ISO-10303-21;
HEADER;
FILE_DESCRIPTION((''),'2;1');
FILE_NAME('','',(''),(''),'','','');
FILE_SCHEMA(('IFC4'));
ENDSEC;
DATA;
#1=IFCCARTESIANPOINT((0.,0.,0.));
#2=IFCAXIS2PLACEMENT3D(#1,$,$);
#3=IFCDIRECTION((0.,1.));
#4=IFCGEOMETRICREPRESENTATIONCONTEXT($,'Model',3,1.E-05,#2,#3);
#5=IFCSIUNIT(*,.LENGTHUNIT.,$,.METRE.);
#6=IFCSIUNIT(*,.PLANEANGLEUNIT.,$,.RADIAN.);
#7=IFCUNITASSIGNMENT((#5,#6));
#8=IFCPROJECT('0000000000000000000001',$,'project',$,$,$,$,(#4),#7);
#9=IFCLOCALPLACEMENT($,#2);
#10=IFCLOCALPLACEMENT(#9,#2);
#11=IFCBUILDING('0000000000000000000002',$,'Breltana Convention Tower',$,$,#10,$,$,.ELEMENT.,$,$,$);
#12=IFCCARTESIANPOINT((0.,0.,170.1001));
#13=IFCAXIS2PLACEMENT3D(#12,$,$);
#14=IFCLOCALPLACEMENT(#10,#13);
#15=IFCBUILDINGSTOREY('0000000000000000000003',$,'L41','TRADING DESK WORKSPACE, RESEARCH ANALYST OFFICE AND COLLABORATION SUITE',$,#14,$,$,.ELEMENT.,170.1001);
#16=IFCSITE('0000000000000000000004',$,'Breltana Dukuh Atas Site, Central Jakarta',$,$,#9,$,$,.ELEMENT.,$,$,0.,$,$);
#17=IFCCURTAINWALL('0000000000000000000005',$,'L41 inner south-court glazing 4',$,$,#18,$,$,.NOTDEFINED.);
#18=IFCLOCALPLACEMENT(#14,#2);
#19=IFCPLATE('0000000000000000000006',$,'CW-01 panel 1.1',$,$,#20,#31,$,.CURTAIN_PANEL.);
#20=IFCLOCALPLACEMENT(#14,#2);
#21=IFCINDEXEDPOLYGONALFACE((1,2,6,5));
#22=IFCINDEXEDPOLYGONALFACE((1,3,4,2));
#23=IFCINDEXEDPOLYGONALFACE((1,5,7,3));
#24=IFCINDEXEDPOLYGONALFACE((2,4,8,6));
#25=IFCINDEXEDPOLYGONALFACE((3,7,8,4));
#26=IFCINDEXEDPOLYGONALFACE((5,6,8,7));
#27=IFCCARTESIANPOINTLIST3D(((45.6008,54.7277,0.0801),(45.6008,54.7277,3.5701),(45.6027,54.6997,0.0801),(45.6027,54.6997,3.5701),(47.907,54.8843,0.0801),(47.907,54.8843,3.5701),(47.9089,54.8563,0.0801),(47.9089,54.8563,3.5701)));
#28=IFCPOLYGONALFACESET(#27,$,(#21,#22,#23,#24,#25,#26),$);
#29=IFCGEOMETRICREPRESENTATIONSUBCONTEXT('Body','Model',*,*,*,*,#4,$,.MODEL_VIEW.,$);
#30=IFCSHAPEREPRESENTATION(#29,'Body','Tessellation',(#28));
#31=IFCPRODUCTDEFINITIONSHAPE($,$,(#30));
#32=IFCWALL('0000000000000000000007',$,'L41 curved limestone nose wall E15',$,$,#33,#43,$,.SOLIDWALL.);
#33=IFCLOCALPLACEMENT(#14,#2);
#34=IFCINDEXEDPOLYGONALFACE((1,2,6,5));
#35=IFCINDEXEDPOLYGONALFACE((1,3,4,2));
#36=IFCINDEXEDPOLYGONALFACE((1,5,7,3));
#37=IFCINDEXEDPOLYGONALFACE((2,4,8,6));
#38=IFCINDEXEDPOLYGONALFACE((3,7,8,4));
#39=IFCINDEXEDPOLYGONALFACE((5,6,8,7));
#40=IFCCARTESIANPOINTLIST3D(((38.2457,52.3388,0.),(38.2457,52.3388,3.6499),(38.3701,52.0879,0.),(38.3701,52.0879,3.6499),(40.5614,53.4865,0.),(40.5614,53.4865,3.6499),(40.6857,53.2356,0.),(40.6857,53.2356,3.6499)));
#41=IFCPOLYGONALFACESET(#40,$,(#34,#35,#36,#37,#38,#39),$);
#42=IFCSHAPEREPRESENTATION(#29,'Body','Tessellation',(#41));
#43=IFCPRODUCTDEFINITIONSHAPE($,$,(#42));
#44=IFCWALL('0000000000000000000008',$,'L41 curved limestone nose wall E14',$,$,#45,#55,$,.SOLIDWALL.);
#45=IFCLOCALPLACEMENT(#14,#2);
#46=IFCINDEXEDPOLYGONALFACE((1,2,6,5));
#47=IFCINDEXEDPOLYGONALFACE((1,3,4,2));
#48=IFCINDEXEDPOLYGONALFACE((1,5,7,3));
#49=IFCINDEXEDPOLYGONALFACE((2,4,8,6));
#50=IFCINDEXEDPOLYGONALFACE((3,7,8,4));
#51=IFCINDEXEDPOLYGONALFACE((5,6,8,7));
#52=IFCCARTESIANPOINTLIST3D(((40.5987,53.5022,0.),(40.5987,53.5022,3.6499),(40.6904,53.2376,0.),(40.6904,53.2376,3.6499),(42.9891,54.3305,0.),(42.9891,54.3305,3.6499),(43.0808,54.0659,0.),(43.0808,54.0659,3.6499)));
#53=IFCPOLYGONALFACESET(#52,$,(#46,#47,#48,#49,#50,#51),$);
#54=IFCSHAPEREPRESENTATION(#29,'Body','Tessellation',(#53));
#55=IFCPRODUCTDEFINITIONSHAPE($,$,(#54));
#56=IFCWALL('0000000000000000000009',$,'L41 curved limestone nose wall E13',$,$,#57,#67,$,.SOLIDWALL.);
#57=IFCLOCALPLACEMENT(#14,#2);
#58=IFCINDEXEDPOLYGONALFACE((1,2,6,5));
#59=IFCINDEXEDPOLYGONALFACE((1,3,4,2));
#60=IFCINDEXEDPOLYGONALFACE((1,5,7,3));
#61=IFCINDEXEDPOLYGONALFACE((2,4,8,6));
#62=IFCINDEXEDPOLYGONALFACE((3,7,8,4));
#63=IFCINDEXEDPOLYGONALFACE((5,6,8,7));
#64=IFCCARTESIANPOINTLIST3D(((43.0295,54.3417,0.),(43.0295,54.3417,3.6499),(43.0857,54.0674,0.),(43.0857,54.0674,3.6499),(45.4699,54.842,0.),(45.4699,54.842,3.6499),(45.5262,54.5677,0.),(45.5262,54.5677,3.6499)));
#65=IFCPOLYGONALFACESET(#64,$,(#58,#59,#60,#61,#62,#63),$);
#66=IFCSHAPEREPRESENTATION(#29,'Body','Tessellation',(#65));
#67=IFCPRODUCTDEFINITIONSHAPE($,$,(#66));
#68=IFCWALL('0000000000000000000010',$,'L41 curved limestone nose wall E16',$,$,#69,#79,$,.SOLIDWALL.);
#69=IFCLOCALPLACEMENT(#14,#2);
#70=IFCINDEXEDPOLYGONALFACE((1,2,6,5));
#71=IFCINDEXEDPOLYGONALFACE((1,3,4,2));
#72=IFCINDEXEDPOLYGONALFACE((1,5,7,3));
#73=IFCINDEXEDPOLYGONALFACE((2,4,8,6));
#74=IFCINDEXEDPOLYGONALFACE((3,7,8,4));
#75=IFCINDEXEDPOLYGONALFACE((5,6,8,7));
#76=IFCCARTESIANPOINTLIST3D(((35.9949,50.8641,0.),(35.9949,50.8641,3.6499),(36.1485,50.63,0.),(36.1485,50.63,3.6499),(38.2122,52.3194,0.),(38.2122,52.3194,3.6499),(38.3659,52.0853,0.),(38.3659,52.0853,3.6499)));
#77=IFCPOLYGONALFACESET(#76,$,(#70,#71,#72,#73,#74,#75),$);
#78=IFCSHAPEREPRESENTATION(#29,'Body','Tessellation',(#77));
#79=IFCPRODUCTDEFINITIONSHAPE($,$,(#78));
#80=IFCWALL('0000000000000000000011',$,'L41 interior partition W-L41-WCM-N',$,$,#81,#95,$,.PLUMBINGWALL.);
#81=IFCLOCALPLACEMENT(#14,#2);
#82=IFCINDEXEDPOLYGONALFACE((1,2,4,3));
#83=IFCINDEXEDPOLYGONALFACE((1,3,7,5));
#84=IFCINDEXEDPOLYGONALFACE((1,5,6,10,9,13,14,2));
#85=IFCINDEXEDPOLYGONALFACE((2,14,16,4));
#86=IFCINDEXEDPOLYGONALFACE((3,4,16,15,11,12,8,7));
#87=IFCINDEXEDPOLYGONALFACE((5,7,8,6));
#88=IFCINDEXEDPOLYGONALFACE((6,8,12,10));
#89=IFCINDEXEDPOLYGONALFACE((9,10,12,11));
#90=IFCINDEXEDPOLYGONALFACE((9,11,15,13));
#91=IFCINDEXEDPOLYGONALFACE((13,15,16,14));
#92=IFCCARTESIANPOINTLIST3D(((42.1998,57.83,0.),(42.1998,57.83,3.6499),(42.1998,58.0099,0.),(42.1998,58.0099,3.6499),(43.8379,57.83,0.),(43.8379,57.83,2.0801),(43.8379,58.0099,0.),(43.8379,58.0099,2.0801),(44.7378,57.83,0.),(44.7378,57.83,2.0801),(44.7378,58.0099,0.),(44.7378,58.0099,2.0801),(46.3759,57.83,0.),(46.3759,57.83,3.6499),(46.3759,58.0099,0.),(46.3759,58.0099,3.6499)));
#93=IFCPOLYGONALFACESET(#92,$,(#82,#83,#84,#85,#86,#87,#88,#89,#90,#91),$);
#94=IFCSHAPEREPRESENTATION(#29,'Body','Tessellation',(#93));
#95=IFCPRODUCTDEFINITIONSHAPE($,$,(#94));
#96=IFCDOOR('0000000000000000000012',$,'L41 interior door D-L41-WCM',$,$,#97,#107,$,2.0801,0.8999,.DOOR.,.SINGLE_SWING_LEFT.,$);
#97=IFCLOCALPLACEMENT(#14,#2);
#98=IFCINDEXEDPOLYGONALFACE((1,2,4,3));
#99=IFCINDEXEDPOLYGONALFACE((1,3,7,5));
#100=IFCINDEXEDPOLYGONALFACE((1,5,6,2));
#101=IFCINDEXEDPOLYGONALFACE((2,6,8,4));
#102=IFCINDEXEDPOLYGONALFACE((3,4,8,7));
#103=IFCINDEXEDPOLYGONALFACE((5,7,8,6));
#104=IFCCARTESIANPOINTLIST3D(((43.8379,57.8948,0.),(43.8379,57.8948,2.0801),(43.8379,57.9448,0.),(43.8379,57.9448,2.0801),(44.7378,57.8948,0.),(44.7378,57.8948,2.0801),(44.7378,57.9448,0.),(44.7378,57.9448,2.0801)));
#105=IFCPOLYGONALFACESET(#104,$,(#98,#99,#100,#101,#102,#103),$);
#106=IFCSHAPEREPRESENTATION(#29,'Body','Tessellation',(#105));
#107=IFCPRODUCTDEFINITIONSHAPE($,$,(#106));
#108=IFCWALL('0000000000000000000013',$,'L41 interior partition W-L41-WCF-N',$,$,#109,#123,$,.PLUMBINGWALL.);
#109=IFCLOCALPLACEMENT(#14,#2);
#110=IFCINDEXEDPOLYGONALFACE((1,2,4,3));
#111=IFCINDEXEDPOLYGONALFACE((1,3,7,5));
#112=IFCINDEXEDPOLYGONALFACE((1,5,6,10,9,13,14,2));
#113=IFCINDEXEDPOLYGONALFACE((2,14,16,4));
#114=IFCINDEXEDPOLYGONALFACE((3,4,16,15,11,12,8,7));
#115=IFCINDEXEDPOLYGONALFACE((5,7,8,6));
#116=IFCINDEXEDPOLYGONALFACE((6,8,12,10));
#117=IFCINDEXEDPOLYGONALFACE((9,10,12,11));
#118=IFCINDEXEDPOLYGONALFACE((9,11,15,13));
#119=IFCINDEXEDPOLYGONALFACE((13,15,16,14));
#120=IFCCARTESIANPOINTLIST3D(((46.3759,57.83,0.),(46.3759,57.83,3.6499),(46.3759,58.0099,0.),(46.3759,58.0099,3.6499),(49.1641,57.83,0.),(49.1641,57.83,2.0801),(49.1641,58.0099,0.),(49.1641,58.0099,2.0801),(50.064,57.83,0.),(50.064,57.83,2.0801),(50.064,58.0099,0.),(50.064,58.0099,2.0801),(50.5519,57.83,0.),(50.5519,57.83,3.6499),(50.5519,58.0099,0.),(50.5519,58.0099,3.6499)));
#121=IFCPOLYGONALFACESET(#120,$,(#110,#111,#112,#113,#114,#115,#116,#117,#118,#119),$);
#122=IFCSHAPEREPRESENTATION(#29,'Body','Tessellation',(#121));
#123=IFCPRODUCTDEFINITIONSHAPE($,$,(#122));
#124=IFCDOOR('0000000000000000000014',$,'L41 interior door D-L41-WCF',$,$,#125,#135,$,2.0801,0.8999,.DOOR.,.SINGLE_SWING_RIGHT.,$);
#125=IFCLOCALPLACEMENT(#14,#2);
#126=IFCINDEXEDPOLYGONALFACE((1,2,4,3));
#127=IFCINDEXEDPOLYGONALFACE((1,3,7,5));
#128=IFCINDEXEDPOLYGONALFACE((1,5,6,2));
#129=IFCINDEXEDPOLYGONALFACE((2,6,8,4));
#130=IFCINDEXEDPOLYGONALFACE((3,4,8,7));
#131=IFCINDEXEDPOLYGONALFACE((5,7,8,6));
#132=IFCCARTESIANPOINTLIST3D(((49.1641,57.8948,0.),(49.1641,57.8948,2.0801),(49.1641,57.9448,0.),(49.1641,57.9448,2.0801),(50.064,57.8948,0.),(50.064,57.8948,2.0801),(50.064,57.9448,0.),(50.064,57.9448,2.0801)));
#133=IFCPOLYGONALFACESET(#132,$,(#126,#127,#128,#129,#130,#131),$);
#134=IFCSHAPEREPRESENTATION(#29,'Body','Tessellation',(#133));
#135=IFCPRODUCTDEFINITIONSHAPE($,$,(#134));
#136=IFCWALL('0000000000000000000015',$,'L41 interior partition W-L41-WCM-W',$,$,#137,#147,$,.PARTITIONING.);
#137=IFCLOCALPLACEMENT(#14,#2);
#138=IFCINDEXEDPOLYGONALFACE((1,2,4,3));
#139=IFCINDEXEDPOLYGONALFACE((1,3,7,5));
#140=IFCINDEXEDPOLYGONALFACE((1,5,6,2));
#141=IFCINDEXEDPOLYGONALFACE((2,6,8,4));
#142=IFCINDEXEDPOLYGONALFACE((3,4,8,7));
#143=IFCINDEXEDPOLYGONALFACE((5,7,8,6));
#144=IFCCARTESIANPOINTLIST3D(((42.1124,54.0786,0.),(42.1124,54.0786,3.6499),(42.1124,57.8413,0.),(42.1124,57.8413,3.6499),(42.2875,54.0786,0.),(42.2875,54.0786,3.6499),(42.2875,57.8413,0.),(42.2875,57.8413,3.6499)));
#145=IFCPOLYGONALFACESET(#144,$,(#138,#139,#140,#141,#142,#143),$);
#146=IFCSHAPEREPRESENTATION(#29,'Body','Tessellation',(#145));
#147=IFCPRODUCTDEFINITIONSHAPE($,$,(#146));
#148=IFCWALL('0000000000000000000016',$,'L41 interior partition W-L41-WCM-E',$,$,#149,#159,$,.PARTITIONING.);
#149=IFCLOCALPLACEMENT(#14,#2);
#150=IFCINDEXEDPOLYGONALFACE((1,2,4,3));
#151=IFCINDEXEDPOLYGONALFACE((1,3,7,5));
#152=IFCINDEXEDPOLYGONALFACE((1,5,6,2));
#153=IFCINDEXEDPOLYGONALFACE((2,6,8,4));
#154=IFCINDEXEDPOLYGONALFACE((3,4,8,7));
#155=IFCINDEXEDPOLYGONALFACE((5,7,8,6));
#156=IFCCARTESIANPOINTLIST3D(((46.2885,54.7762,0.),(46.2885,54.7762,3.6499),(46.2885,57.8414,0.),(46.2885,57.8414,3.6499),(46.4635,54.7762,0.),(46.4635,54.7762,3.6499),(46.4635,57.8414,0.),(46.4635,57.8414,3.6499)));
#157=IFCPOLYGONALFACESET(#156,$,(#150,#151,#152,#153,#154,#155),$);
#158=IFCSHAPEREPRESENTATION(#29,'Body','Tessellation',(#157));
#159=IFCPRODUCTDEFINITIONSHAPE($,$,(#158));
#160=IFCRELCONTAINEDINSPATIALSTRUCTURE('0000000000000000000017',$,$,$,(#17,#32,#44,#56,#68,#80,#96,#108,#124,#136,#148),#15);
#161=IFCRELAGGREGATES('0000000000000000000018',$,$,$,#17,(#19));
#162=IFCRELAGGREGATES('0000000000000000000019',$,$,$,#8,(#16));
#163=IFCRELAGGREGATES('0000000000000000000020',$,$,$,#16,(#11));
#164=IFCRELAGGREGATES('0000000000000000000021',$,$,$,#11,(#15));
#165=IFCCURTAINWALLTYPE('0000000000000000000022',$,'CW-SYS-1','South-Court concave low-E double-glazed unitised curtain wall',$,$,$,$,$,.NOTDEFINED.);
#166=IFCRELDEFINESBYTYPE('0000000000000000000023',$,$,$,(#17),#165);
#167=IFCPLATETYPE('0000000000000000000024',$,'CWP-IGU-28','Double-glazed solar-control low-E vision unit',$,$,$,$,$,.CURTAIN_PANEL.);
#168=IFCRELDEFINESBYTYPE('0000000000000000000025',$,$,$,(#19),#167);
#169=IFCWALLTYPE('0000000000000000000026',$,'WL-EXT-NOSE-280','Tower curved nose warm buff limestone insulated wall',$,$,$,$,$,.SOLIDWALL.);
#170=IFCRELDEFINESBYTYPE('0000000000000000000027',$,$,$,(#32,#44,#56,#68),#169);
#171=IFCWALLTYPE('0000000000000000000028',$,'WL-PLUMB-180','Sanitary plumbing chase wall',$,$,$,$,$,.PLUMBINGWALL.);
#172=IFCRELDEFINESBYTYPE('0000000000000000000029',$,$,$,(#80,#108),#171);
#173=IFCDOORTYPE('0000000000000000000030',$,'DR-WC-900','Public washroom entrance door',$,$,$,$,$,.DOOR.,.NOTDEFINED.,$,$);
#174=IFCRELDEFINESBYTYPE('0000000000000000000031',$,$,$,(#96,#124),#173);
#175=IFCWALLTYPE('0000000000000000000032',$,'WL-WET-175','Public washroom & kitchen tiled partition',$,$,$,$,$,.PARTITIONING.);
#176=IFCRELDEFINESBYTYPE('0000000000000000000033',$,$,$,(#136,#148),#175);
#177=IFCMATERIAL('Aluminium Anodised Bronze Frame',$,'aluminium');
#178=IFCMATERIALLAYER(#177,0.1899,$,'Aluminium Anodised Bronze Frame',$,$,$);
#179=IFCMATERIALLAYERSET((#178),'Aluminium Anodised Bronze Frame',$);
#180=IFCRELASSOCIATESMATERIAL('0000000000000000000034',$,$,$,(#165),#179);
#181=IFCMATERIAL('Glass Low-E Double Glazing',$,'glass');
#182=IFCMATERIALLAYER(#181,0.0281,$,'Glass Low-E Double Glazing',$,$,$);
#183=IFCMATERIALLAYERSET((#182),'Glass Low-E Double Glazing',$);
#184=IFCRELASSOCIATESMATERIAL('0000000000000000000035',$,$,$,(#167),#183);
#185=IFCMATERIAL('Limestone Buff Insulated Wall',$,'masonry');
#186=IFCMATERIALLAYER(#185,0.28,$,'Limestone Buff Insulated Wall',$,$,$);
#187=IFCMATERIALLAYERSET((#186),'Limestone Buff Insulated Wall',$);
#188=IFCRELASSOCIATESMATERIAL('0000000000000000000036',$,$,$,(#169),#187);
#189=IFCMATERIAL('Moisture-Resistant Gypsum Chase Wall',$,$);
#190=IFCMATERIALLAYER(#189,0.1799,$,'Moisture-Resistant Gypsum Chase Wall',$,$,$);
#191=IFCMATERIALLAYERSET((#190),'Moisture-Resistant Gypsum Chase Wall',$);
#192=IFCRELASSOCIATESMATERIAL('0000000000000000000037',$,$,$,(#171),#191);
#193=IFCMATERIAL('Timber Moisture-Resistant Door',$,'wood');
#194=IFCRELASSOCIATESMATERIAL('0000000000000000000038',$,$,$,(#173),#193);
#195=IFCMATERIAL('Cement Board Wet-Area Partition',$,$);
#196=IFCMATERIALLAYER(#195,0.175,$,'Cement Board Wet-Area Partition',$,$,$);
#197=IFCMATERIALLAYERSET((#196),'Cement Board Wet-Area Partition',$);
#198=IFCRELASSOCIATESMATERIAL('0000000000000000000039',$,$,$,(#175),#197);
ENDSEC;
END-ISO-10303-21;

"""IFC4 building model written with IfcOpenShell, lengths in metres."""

from ifc_helpers import new_model, si_unit, direction, frame, frame_2d, origin, origin_2d, place, context, subcontext, project, spatial, rectangle, extrude, source, transform, mapped, material, layer, layer_set, type_object, type_shapes, element, fill, aggregate, save


model = new_model("IFC4")

# Units and contexts
model_context = context("Model", 3, precision=1e-05, world=origin(), true_north=direction((0.0, 1.0)))
body_context = subcontext(model_context, "Body", "Model", "MODEL_VIEW")
ifc_project = project(units=[si_unit("LENGTHUNIT", "METRE"), si_unit("PLANEANGLEUNIT", "RADIAN")], contexts=[model_context])

# Site, building, storey
site_placement = place(None, origin())
site = spatial("IfcSite", under=ifc_project, at=site_placement, Name="Breltana Dukuh Atas Site, Central Jakarta", CompositionType="ELEMENT", RefElevation=0.0)
building_placement = place(site_placement, origin())
building = spatial("IfcBuilding", under=site, at=building_placement, Name="Breltana Convention Tower", CompositionType="ELEMENT")
storey_placement = place(building_placement, frame((0.0, 0.0, 170.1001)))
storey = spatial("IfcBuildingStorey", under=building, at=storey_placement, Name="L41", Description="TRADING DESK WORKSPACE, RESEARCH ANALYST OFFICE AND COLLABORATION SUITE", CompositionType="ELEMENT", Elevation=170.1001)

# Curtain wall
ifc_material_1 = material(Name="Aluminium Anodised Bronze Frame", Category="aluminium")
ifc_layer_1 = layer(ifc_material_1, 0.1899, Name="Aluminium Anodised Bronze Frame")
ifc_layer_set_1 = layer_set([ifc_layer_1], Name="Aluminium Anodised Bronze Frame")
curtain_wall_type = type_object("IfcCurtainWallType", Name="CW-SYS-1", Description="South-Court concave low-E double-glazed unitised curtain wall", PredefinedType="NOTDEFINED", material=ifc_layer_set_1)
curtain_wall_1_placement = place(storey_placement, origin())
curtain_wall_1 = element("IfcCurtainWall", 1, at=curtain_wall_1_placement, inside=storey, type_object=curtain_wall_type, Name="L41 inner south-court glazing 4", PredefinedType="NOTDEFINED")

# Plate
ifc_material_2 = material(Name="Glass Low-E Double Glazing", Category="glass")
ifc_layer_2 = layer(ifc_material_2, 0.0281, Name="Glass Low-E Double Glazing")
ifc_layer_set_2 = layer_set([ifc_layer_2], Name="Glass Low-E Double Glazing")
plate_type = type_object("IfcPlateType", Name="CWP-IGU-28", Description="Double-glazed solar-control low-E vision unit", PredefinedType="CURTAIN_PANEL", material=ifc_layer_set_2)
shared_shape_1 = source(origin(), body_context, "Body", "SweptSolid", [
    extrude(rectangle(XDim=2.3115, YDim=0.0281, at=origin_2d()), origin(), (0.0, 0.0, 1.0), 3.49),
])
plate_placement = place(storey_placement, frame((46.7549, 54.792, 0.0801), z_axis=(0.0, 0.0, 1.0), x_axis=(-0.997703, -0.067733, 0.0)))
plate = element("IfcPlate", 2, at=plate_placement, type_object=plate_type, Name="CW-01 panel 1.1", PredefinedType="CURTAIN_PANEL", context=body_context, shape_type="MappedRepresentation", body=[
    mapped(shared_shape_1, transform((0.0, 0.0, 0.0), scale=1.0)),
])
aggregate(curtain_wall_1, [plate])

# Walls
ifc_material_3 = material(Name="Limestone Buff Insulated Wall", Category="masonry")
ifc_layer_3 = layer(ifc_material_3, 0.28, Name="Limestone Buff Insulated Wall")
ifc_layer_set_3 = layer_set([ifc_layer_3], Name="Limestone Buff Insulated Wall")
wall_type_1 = type_object("IfcWallType", Name="WL-EXT-NOSE-280", Description="Tower curved nose warm buff limestone insulated wall", PredefinedType="SOLIDWALL", material=ifc_layer_set_3)
shared_shape_2 = source(origin(), body_context, "Body", "SweptSolid", [
    extrude(rectangle(XDim=2.5845, YDim=0.28, at=frame_2d((1.2922, 0.0))), origin(), (0.0, 0.0, 1.0), 3.6499),
])
wall_1_placement = place(storey_placement, frame((40.6235, 53.3611, 0.0), z_axis=(0.0, 0.0, 1.0), x_axis=(-0.89599, -0.444075, 0.0)))
element("IfcWall", 3, at=wall_1_placement, inside=storey, type_object=wall_type_1, Name="L41 curved limestone nose wall E15", PredefinedType="SOLIDWALL", context=body_context, shape_type="MappedRepresentation", body=[
    mapped(shared_shape_2, transform((0.0, 0.0, 0.0), scale=1.0)),
])
shared_shape_3 = source(origin(), body_context, "Body", "SweptSolid", [
    extrude(rectangle(XDim=2.5298, YDim=0.28, at=frame_2d((1.2649, 0.0))), origin(), (0.0, 0.0, 1.0), 3.6499),
])
wall_2_placement = place(storey_placement, frame((43.0349, 54.1982, 0.0), z_axis=(0.0, 0.0, 1.0), x_axis=(-0.944872, -0.327439, 0.0)))
element("IfcWall", 4, at=wall_2_placement, inside=storey, type_object=wall_type_1, Name="L41 curved limestone nose wall E14", PredefinedType="SOLIDWALL", context=body_context, shape_type="MappedRepresentation", body=[
    mapped(shared_shape_3, transform((0.0, 0.0, 0.0), scale=1.0)),
])
shared_shape_4 = source(origin(), body_context, "Body", "SweptSolid", [
    extrude(rectangle(XDim=2.4912, YDim=0.28, at=frame_2d((1.2456, 0.0))), origin(), (0.0, 0.0, 1.0), 3.6499),
])
wall_3_placement = place(storey_placement, frame((45.498, 54.7048, 0.0), z_axis=(0.0, 0.0, 1.0), x_axis=(-0.979631, -0.200807, 0.0)))
element("IfcWall", 5, at=wall_3_placement, inside=storey, type_object=wall_type_1, Name="L41 curved limestone nose wall E13", PredefinedType="SOLIDWALL", context=body_context, shape_type="MappedRepresentation", body=[
    mapped(shared_shape_4, transform((0.0, 0.0, 0.0), scale=1.0)),
])
shared_shape_5 = source(origin(), body_context, "Body", "SweptSolid", [
    extrude(rectangle(XDim=2.6523, YDim=0.28, at=frame_2d((1.3262, 0.0))), origin(), (0.0, 0.0, 1.0), 3.6499),
])
wall_4_placement = place(storey_placement, frame((38.2891, 52.2024, 0.0), z_axis=(0.0, 0.0, 1.0), x_axis=(-0.836008, -0.548717, 0.0)))
element("IfcWall", 6, at=wall_4_placement, inside=storey, type_object=wall_type_1, Name="L41 curved limestone nose wall E16", PredefinedType="SOLIDWALL", context=body_context, shape_type="MappedRepresentation", body=[
    mapped(shared_shape_5, transform((0.0, 0.0, 0.0), scale=1.0)),
])

# Walls, openings, doors
ifc_material_4 = material(Name="Moisture-Resistant Gypsum Chase Wall")
ifc_layer_4 = layer(ifc_material_4, 0.1799, Name="Moisture-Resistant Gypsum Chase Wall")
ifc_layer_set_4 = layer_set([ifc_layer_4], Name="Moisture-Resistant Gypsum Chase Wall")
wall_type_2 = type_object("IfcWallType", Name="WL-PLUMB-180", Description="Sanitary plumbing chase wall", PredefinedType="PLUMBINGWALL", material=ifc_layer_set_4)
shared_shape_6 = source(origin(), body_context, "Body", "SweptSolid", [
    extrude(rectangle(XDim=4.176, YDim=0.1799, at=frame_2d((2.0879, 0.0))), origin(), (0.0, 0.0, 1.0), 3.6499),
])
wall_5_placement = place(storey_placement, frame((42.2, 57.9199, 0.0), z_axis=(0.0, 0.0, 1.0), x_axis=(1.0, 0.0, 0.0)))
wall_5 = element("IfcWall", 7, at=wall_5_placement, inside=storey, type_object=wall_type_2, Name="L41 interior partition W-L41-WCM-N", PredefinedType="PLUMBINGWALL", context=body_context, shape_type="MappedRepresentation", body=[
    mapped(shared_shape_6, transform((0.0, 0.0, 0.0), scale=1.0)),
])
opening_1_placement = place(wall_5_placement, frame((1.6379, 0.0, 0.0)))
opening_1 = element("IfcOpeningElement", 8, at=opening_1_placement, cuts=wall_5, PredefinedType="OPENING", context=body_context, shape_type="SweptSolid", body=[
    extrude(rectangle(XDim=0.8999, YDim=2.0801, at=frame_2d((0.45, 1.04))), frame((0.0, 0.1001, 0.0), z_axis=(0.0, -1.0, 0.0), x_axis=(1.0, 0.0, 0.0)), (0.0, 0.0, 1.0), 0.2),
])
ifc_material_5 = material(Name="Timber Moisture-Resistant Door", Category="wood")
door_type = type_object("IfcDoorType", Name="DR-WC-900", Description="Public washroom entrance door", OperationType="NOTDEFINED", PredefinedType="DOOR", material=ifc_material_5)
shared_shape_7 = source(origin(), body_context, "Body", "SweptSolid", [
    extrude(rectangle(XDim=0.8999, YDim=2.0801, at=frame_2d((0.45, 1.04))), frame((0.0, 0.0249, 0.0), z_axis=(0.0, -1.0, 0.0), x_axis=(1.0, 0.0, 0.0)), (0.0, 0.0, 1.0), 0.05),
])
type_shapes(door_type, [shared_shape_7])
door_1_placement = place(opening_1_placement, origin())
door_1 = element("IfcDoor", 9, at=door_1_placement, inside=storey, type_object=door_type, Name="L41 interior door D-L41-WCM", OperationType="SINGLE_SWING_LEFT", OverallHeight=2.0801, OverallWidth=0.8999, PredefinedType="DOOR", context=body_context, shape_type="MappedRepresentation", body=[
    mapped(shared_shape_7, transform((0.0, 0.0, 0.0), scale=1.0)),
])
fill(opening_1, door_1)
wall_6_placement = place(storey_placement, frame((46.376, 57.9199, 0.0), z_axis=(0.0, 0.0, 1.0), x_axis=(1.0, 0.0, 0.0)))
wall_6 = element("IfcWall", 10, at=wall_6_placement, inside=storey, type_object=wall_type_2, Name="L41 interior partition W-L41-WCF-N", PredefinedType="PLUMBINGWALL", context=body_context, shape_type="MappedRepresentation", body=[
    mapped(shared_shape_6, transform((0.0, 0.0, 0.0), scale=1.0)),
])
opening_2_placement = place(wall_6_placement, frame((2.7881, 0.0, 0.0)))
opening_2 = element("IfcOpeningElement", 11, at=opening_2_placement, cuts=wall_6, PredefinedType="OPENING", context=body_context, shape_type="SweptSolid", body=[
    extrude(rectangle(XDim=0.8999, YDim=2.0801, at=frame_2d((0.45, 1.04))), frame((0.0, 0.1001, 0.0), z_axis=(0.0, -1.0, 0.0), x_axis=(1.0, 0.0, 0.0)), (0.0, 0.0, 1.0), 0.2),
])
door_2_placement = place(opening_2_placement, origin())
door_2 = element("IfcDoor", 12, at=door_2_placement, inside=storey, type_object=door_type, Name="L41 interior door D-L41-WCF", OperationType="SINGLE_SWING_RIGHT", OverallHeight=2.0801, OverallWidth=0.8999, PredefinedType="DOOR", context=body_context, shape_type="MappedRepresentation", body=[
    mapped(shared_shape_7, transform((0.0, 0.0, 0.0), scale=1.0)),
])
fill(opening_2, door_2)

# Walls
ifc_material_6 = material(Name="Cement Board Wet-Area Partition")
ifc_layer_5 = layer(ifc_material_6, 0.175, Name="Cement Board Wet-Area Partition")
ifc_layer_set_5 = layer_set([ifc_layer_5], Name="Cement Board Wet-Area Partition")
wall_type_3 = type_object("IfcWallType", Name="WL-WET-175", Description="Public washroom & kitchen tiled partition", PredefinedType="PARTITIONING", material=ifc_layer_set_5)
shared_shape_8 = source(origin(), body_context, "Body", "SweptSolid", [
    extrude(rectangle(XDim=3.7627, YDim=0.175, at=frame_2d((1.8813, 0.0))), origin(), (0.0, 0.0, 1.0), 3.6499),
])
wall_7_placement = place(storey_placement, frame((42.2, 54.0786, 0.0), z_axis=(0.0, 0.0, 1.0), x_axis=(0.0, 1.0, 0.0)))
element("IfcWall", 13, at=wall_7_placement, inside=storey, type_object=wall_type_3, Name="L41 interior partition W-L41-WCM-W", PredefinedType="PARTITIONING", context=body_context, shape_type="MappedRepresentation", body=[
    mapped(shared_shape_8, transform((0.0, 0.0, 0.0), scale=1.0)),
])
shared_shape_9 = source(origin(), body_context, "Body", "SweptSolid", [
    extrude(rectangle(XDim=3.0652, YDim=0.175, at=frame_2d((1.5327, 0.0))), origin(), (0.0, 0.0, 1.0), 3.6499),
])
wall_8_placement = place(storey_placement, frame((46.376, 54.7761, 0.0), z_axis=(0.0, 0.0, 1.0), x_axis=(0.0, 1.0, 0.0)))
element("IfcWall", 14, at=wall_8_placement, inside=storey, type_object=wall_type_3, Name="L41 interior partition W-L41-WCM-E", PredefinedType="PARTITIONING", context=body_context, shape_type="MappedRepresentation", body=[
    mapped(shared_shape_9, transform((0.0, 0.0, 0.0), scale=1.0)),
])

save(model, "model.ifc")
